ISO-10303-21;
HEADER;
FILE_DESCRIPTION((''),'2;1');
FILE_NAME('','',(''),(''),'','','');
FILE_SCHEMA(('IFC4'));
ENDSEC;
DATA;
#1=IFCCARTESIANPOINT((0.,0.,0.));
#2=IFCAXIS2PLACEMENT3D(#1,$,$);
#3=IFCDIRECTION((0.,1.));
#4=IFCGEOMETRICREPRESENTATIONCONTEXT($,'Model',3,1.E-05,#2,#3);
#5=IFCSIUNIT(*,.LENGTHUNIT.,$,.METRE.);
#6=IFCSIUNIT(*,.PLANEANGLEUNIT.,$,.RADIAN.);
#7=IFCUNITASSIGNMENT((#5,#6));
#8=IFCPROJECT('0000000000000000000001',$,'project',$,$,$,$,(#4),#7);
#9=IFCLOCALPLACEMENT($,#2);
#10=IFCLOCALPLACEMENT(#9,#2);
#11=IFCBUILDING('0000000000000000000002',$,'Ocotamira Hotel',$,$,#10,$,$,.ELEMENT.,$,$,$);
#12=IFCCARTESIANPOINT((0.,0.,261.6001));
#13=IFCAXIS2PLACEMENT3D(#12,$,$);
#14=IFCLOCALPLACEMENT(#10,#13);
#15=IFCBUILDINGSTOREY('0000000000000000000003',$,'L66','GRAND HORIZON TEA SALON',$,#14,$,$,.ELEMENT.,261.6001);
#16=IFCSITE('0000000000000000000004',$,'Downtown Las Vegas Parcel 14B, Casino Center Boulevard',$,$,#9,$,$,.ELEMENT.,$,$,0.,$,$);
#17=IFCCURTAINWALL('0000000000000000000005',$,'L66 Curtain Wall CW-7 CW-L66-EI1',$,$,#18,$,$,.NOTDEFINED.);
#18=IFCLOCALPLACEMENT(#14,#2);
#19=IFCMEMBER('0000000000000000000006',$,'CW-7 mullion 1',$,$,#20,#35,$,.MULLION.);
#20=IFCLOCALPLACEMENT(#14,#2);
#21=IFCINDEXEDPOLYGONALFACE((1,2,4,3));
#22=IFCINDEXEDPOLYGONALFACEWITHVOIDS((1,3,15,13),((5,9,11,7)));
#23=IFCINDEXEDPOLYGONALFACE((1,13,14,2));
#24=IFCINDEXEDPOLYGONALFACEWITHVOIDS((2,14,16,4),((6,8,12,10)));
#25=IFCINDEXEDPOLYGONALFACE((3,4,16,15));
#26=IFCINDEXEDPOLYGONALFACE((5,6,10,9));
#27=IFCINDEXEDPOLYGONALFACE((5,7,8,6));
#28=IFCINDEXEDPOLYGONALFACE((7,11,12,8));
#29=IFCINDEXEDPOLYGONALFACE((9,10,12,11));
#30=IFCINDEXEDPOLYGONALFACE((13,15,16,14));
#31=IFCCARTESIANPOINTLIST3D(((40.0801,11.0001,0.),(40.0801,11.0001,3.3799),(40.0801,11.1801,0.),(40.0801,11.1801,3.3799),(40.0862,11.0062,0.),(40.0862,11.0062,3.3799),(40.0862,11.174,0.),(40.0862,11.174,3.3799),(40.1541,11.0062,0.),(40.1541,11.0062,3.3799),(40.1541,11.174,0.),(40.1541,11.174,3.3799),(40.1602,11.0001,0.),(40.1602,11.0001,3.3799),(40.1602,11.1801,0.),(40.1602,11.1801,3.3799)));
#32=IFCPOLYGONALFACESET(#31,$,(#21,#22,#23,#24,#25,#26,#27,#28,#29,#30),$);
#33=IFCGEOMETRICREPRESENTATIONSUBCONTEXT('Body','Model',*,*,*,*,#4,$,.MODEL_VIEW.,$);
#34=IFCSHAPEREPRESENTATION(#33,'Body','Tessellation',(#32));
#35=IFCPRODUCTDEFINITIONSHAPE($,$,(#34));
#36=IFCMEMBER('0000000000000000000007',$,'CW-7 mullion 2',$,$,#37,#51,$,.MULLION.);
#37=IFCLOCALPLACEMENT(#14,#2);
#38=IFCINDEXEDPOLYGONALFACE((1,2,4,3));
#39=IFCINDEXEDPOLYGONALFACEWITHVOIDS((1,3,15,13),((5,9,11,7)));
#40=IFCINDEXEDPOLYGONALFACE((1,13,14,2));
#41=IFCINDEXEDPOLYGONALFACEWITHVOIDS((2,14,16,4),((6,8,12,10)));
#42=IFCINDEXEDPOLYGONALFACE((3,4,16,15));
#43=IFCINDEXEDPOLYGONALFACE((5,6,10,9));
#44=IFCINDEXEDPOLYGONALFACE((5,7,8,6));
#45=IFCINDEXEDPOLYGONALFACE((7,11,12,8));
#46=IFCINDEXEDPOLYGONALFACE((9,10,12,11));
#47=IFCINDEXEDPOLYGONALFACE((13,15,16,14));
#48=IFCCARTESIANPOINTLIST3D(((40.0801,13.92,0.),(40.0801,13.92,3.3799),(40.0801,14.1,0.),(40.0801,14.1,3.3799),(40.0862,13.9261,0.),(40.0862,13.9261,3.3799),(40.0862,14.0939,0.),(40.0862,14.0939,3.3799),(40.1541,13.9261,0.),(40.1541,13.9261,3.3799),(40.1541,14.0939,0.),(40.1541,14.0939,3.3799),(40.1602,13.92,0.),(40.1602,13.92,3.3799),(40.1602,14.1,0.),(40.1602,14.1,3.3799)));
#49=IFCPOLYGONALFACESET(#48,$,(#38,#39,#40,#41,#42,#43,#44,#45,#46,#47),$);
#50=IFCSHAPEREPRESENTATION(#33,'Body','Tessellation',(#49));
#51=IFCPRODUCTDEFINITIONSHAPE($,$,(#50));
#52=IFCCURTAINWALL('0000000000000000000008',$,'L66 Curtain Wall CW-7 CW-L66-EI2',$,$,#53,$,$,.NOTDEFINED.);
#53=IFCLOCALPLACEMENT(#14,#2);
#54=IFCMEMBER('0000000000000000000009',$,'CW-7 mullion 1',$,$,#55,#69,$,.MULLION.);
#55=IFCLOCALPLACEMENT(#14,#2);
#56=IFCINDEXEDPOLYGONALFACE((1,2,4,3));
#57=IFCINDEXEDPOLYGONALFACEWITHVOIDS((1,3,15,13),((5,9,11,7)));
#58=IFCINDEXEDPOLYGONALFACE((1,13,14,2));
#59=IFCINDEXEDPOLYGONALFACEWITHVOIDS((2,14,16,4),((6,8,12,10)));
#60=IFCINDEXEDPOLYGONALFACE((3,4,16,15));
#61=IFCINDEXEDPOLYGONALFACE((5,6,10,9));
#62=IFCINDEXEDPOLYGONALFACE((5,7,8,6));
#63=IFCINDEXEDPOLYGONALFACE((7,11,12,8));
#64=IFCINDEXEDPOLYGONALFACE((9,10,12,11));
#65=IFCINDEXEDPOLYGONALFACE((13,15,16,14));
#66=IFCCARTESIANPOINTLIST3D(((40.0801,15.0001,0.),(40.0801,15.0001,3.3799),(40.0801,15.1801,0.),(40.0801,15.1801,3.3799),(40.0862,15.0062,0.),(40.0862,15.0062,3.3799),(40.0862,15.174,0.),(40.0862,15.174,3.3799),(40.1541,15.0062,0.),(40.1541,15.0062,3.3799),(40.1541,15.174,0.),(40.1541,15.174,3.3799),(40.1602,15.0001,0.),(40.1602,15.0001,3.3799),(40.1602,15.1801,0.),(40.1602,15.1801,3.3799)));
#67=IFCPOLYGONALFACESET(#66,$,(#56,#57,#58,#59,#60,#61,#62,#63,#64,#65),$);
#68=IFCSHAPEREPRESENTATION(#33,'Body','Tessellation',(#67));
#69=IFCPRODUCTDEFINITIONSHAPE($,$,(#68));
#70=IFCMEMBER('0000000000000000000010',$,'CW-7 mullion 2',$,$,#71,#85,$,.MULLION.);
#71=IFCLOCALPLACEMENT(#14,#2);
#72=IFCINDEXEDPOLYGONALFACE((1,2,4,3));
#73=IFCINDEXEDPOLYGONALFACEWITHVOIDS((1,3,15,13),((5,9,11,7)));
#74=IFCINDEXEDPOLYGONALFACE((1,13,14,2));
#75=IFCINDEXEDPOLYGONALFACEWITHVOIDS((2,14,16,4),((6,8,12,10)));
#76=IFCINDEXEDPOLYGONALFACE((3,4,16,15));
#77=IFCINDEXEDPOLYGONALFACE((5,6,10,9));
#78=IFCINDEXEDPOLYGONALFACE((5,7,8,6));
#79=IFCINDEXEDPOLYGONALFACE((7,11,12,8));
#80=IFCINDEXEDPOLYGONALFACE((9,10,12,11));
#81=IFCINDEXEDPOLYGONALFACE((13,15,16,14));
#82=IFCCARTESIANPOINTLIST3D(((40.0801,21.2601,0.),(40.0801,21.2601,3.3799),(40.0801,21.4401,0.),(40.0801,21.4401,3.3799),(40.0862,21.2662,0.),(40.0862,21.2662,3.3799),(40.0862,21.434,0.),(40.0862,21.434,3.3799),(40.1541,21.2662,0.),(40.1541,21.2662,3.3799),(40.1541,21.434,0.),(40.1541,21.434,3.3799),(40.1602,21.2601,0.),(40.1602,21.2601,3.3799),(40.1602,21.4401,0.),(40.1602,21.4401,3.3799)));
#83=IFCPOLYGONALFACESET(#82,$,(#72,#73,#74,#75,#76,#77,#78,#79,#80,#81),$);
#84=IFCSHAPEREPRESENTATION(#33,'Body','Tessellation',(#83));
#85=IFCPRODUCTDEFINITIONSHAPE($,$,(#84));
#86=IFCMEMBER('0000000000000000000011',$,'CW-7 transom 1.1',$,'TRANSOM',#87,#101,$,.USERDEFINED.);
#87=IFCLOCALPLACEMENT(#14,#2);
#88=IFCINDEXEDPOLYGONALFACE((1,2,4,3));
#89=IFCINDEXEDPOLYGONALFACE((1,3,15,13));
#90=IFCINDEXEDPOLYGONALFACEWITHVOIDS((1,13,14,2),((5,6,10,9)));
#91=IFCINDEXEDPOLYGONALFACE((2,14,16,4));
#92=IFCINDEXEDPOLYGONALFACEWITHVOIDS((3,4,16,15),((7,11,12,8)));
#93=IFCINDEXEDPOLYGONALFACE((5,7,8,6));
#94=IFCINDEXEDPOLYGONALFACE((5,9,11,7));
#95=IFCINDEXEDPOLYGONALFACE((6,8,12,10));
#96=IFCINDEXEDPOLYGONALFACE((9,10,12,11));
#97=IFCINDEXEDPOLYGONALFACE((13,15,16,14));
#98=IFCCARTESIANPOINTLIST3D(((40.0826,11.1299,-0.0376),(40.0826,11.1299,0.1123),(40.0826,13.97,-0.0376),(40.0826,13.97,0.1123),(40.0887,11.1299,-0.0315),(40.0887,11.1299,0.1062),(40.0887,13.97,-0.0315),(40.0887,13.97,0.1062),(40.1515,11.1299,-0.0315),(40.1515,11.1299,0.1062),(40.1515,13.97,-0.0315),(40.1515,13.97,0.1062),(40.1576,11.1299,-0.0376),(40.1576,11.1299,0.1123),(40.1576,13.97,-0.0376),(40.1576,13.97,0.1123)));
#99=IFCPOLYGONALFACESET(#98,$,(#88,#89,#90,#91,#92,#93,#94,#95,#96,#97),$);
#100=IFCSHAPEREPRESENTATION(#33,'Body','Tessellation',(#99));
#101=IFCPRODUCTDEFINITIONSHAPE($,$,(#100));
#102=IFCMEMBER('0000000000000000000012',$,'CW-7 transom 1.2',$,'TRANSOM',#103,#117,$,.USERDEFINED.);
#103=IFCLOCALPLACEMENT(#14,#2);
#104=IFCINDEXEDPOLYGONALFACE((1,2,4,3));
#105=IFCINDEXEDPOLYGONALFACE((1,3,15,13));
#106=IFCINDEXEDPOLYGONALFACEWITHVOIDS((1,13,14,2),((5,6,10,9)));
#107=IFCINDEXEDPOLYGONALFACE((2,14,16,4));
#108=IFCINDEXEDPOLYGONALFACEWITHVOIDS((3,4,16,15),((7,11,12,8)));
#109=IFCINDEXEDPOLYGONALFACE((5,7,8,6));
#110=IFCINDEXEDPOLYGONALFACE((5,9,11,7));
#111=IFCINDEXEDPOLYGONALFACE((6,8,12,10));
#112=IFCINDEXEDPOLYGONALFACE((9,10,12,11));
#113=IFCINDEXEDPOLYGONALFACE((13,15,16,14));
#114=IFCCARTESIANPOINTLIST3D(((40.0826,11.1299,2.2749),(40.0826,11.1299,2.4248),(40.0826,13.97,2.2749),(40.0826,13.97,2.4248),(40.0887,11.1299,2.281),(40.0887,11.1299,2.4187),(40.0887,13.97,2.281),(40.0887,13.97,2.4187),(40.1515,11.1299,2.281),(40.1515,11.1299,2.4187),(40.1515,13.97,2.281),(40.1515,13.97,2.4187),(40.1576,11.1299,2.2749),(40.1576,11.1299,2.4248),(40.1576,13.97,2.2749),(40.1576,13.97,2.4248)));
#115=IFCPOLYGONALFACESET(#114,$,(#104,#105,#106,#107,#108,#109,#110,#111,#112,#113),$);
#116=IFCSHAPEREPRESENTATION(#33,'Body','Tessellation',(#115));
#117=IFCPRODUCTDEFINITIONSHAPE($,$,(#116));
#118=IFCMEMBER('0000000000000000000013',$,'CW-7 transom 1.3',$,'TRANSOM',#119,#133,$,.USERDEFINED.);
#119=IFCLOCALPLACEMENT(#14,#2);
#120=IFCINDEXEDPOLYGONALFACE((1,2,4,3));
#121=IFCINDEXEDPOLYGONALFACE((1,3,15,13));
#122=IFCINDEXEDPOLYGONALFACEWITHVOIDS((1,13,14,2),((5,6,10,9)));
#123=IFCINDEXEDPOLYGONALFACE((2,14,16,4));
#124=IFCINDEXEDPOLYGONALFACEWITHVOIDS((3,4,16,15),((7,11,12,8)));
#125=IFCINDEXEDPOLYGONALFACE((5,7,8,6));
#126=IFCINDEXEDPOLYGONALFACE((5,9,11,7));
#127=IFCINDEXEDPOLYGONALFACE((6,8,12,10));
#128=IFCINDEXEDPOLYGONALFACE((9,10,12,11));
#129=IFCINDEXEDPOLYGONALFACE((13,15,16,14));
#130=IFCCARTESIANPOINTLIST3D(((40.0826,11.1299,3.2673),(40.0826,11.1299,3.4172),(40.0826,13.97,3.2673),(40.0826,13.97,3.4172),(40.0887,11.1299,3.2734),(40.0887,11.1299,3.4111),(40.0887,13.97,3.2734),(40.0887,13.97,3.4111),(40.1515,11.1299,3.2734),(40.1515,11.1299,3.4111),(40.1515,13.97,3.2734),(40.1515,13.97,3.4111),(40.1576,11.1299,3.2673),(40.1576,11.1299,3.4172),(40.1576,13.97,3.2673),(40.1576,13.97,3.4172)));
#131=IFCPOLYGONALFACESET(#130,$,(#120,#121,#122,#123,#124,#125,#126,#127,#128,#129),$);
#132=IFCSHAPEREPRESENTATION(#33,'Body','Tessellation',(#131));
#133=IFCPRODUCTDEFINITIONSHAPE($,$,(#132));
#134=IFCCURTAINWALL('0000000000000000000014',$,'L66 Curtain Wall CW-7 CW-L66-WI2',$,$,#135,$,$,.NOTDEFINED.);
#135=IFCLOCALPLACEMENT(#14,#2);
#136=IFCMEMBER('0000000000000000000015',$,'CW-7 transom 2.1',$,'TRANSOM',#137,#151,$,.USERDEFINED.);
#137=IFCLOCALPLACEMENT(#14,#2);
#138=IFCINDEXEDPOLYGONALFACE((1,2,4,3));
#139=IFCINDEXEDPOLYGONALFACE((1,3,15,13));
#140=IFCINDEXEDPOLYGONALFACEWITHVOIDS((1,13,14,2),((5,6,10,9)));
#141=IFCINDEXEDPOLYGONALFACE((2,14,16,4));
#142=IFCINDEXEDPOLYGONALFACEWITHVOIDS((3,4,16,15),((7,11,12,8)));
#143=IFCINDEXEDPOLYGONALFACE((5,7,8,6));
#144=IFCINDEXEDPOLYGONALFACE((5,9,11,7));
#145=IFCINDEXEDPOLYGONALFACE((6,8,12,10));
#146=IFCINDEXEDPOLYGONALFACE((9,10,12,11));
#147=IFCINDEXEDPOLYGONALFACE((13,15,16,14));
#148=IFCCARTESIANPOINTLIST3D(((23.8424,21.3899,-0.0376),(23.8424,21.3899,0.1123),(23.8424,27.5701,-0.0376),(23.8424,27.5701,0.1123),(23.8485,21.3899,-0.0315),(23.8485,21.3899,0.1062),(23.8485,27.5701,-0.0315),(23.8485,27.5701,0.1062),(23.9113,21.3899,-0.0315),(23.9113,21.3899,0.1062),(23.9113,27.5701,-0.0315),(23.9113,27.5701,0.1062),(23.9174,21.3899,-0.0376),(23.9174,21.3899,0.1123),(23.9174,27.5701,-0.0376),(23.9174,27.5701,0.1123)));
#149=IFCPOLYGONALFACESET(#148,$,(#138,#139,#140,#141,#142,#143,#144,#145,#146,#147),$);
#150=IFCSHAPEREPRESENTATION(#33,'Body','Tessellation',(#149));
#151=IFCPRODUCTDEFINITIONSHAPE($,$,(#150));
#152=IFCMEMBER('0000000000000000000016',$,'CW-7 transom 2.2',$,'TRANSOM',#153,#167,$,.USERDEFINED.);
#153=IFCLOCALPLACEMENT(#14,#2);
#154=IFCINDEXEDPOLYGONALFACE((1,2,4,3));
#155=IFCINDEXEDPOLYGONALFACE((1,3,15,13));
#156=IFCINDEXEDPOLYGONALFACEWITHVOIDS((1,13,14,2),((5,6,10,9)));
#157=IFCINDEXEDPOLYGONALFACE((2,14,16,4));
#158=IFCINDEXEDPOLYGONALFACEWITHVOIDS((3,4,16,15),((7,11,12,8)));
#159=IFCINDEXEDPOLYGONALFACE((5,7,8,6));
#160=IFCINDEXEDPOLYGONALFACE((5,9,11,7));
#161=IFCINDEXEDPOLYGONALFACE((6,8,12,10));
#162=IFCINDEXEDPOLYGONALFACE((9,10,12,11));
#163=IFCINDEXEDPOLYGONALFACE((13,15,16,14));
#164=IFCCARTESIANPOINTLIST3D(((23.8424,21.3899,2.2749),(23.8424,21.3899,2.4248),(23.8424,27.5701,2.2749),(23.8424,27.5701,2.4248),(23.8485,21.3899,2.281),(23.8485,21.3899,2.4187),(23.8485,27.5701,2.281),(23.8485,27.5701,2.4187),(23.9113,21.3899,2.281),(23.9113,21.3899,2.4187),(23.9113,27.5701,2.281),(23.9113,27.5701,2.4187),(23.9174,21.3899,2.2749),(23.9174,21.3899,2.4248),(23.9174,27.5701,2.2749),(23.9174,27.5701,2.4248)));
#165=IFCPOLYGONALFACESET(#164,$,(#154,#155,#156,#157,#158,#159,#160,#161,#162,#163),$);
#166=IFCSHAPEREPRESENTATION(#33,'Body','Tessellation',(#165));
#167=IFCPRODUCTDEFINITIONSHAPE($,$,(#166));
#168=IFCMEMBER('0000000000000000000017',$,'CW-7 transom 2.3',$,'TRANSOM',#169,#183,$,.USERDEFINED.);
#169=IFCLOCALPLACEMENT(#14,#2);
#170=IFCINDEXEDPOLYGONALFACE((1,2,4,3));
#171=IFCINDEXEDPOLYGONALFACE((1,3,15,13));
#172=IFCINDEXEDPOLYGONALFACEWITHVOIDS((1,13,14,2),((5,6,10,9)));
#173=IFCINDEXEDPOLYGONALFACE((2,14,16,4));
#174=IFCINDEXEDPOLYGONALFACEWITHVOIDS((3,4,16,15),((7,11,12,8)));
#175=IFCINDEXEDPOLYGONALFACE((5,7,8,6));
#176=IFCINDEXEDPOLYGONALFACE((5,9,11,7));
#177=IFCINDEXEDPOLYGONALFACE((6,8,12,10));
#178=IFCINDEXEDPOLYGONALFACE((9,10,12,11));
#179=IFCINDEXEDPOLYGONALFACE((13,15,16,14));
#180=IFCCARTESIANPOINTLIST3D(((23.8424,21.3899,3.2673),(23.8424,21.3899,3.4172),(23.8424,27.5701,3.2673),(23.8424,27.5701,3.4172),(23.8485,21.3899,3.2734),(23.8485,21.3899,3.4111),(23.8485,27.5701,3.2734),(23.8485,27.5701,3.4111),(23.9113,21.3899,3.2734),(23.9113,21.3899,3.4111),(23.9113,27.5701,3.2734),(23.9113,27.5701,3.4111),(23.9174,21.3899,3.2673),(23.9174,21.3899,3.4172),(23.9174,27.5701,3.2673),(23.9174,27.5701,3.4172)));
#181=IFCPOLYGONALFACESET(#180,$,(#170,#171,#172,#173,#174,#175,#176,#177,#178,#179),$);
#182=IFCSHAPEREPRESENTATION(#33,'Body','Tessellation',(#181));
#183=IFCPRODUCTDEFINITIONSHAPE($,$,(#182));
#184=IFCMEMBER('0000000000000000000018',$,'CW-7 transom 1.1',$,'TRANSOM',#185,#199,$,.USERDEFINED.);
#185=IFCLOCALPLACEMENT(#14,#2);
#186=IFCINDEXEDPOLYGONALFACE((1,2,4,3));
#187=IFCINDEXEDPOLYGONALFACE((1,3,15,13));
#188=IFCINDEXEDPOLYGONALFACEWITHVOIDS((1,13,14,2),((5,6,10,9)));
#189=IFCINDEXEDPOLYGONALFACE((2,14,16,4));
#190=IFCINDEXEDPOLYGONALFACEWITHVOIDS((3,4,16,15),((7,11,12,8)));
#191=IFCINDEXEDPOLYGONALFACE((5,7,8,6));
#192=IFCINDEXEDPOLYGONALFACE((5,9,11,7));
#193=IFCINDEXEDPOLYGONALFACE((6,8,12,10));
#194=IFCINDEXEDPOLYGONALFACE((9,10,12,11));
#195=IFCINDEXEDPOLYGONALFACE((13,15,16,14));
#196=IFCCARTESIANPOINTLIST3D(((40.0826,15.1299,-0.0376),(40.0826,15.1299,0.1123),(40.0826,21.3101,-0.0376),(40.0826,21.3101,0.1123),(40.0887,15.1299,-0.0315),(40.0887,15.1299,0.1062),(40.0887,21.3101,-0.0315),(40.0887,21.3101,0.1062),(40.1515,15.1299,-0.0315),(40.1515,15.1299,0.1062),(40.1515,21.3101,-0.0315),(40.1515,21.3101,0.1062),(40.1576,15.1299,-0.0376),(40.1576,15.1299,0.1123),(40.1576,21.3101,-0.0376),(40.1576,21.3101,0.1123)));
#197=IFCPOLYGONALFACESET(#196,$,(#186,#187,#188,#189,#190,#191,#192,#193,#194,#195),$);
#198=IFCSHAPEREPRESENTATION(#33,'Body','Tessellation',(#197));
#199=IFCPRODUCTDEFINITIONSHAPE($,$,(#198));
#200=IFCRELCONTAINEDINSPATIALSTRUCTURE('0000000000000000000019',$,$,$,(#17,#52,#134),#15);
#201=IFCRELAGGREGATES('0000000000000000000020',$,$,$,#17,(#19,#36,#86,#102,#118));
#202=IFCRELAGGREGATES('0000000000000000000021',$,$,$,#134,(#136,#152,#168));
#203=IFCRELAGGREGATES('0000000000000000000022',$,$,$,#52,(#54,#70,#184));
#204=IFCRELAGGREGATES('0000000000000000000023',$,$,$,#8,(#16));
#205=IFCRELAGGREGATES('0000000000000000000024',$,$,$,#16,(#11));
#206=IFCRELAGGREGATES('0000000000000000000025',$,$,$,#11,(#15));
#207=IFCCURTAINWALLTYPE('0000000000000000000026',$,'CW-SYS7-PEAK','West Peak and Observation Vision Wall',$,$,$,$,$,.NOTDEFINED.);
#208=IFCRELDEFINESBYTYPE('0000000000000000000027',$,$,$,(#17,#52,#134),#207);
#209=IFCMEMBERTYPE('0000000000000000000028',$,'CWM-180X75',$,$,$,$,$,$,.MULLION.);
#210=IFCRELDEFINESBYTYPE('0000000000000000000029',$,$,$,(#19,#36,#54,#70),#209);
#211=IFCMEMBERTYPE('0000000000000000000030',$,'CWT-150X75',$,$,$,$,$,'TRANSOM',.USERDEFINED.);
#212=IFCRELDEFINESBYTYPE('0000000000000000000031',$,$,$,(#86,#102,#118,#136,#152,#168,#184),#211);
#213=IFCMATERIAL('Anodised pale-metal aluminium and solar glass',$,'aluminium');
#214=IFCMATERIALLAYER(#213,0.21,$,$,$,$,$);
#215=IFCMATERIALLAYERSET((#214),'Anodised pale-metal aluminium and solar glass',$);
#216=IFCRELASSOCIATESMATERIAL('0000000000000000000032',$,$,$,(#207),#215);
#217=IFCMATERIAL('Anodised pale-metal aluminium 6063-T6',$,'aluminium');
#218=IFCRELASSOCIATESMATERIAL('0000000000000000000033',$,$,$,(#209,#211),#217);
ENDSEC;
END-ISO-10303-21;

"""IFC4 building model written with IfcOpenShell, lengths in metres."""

from ifc_helpers import new_model, si_unit, direction, frame, origin, origin_2d, place, context, subcontext, project, spatial, hollow_rectangle, extrude, source, transform, mapped, material, layer, layer_set, material_profile, profile_set, type_object, element, aggregate, save


model = new_model("IFC4")

# Units and contexts
model_context = context("Model", 3, precision=1e-05, world=origin(), true_north=direction((0.0, 1.0)))
body_context = subcontext(model_context, "Body", "Model", "MODEL_VIEW")
ifc_project = project(units=[si_unit("LENGTHUNIT", "METRE"), si_unit("PLANEANGLEUNIT", "RADIAN")], contexts=[model_context])

# Site, building, storey
site_placement = place(None, origin())
site = spatial("IfcSite", under=ifc_project, at=site_placement, Name="Downtown Las Vegas Parcel 14B, Casino Center Boulevard", CompositionType="ELEMENT", RefElevation=0.0)
building_placement = place(site_placement, origin())
building = spatial("IfcBuilding", under=site, at=building_placement, Name="Ocotamira Hotel", CompositionType="ELEMENT")
storey_placement = place(building_placement, frame((0.0, 0.0, 261.6001)))
storey = spatial("IfcBuildingStorey", under=building, at=storey_placement, Name="L66", Description="GRAND HORIZON TEA SALON", CompositionType="ELEMENT", Elevation=261.6001)

# Curtain walls, members
ifc_material_1 = material(Name="Anodised pale-metal aluminium and solar glass", Category="aluminium")
ifc_layer_1 = layer(ifc_material_1, 0.21)
ifc_layer_set_1 = layer_set([ifc_layer_1], Name="Anodised pale-metal aluminium and solar glass")
curtain_wall_type = type_object("IfcCurtainWallType", Name="CW-SYS7-PEAK", Description="West Peak and Observation Vision Wall", PredefinedType="NOTDEFINED", material=ifc_layer_set_1)
curtain_wall_1_placement = place(storey_placement, origin())
curtain_wall_1 = element("IfcCurtainWall", 1, at=curtain_wall_1_placement, inside=storey, type_object=curtain_wall_type, Name="L66 Curtain Wall CW-7 CW-L66-EI1", PredefinedType="NOTDEFINED")
ifc_material_2 = material(Name="Anodised pale-metal aluminium 6063-T6", Category="aluminium")
ifc_material_profile_1 = material_profile(ifc_material_2, hollow_rectangle(XDim=0.0801, YDim=0.1799, WallThickness=0.0061, at=origin_2d()), Name="HSS180X80X6")
ifc_profile_set_1 = profile_set([ifc_material_profile_1], Name="Anodised pale-metal aluminium 6063-T6")
member_type_1 = type_object("IfcMemberType", Name="CWM-180X75", PredefinedType="MULLION", material=ifc_profile_set_1)
shared_shape_1 = source(origin(), body_context, "Body", "SweptSolid", [
    extrude(hollow_rectangle(XDim=0.0801, YDim=0.1799, WallThickness=0.0061, at=origin_2d()), origin(), (0.0, 0.0, 1.0), 3.3799),
])
member_1_placement = place(storey_placement, frame((40.1201, 11.0901, 0.0), z_axis=(0.0, 0.0, 1.0), x_axis=(-1.0, 0.0, 0.0)))
member_1 = element("IfcMember", 2, at=member_1_placement, type_object=member_type_1, Name="CW-7 mullion 1", PredefinedType="MULLION", context=body_context, shape_type="MappedRepresentation", body=[
    mapped(shared_shape_1, transform((0.0, 0.0, 0.0), scale=1.0)),
])
member_2_placement = place(storey_placement, frame((40.1201, 14.01, 0.0), z_axis=(0.0, 0.0, 1.0), x_axis=(-1.0, 0.0, 0.0)))
member_2 = element("IfcMember", 3, at=member_2_placement, type_object=member_type_1, Name="CW-7 mullion 2", PredefinedType="MULLION", context=body_context, shape_type="MappedRepresentation", body=[
    mapped(shared_shape_1, transform((0.0, 0.0, 0.0), scale=1.0)),
])
curtain_wall_2_placement = place(storey_placement, origin())
curtain_wall_2 = element("IfcCurtainWall", 4, at=curtain_wall_2_placement, inside=storey, type_object=curtain_wall_type, Name="L66 Curtain Wall CW-7 CW-L66-EI2", PredefinedType="NOTDEFINED")
member_3_placement = place(storey_placement, frame((40.1201, 15.0901, 0.0), z_axis=(0.0, 0.0, 1.0), x_axis=(-1.0, 0.0, 0.0)))
member_3 = element("IfcMember", 5, at=member_3_placement, type_object=member_type_1, Name="CW-7 mullion 1", PredefinedType="MULLION", context=body_context, shape_type="MappedRepresentation", body=[
    mapped(shared_shape_1, transform((0.0, 0.0, 0.0), scale=1.0)),
])
member_4_placement = place(storey_placement, frame((40.1201, 21.3501, 0.0), z_axis=(0.0, 0.0, 1.0), x_axis=(-1.0, 0.0, 0.0)))
member_4 = element("IfcMember", 6, at=member_4_placement, type_object=member_type_1, Name="CW-7 mullion 2", PredefinedType="MULLION", context=body_context, shape_type="MappedRepresentation", body=[
    mapped(shared_shape_1, transform((0.0, 0.0, 0.0), scale=1.0)),
])

# Members
ifc_material_profile_2 = material_profile(ifc_material_2, hollow_rectangle(XDim=0.075, YDim=0.1499, WallThickness=0.0061, at=origin_2d()), Name="HSS150X75X6")
ifc_profile_set_2 = profile_set([ifc_material_profile_2], Name="Anodised pale-metal aluminium 6063-T6")
member_type_2 = type_object("IfcMemberType", Name="CWT-150X75", ElementType="TRANSOM", PredefinedType="USERDEFINED", material=ifc_profile_set_2)
shared_shape_2 = source(origin(), body_context, "Body", "SweptSolid", [
    extrude(hollow_rectangle(XDim=0.075, YDim=0.1499, WallThickness=0.0061, at=origin_2d()), origin(), (0.0, 0.0, 1.0), 2.8401),
])
member_5_placement = place(storey_placement, frame((40.1201, 11.1299, 0.0374), z_axis=(0.0, 1.0, 0.0), x_axis=(-1.0, 0.0, 0.0)))
member_5 = element("IfcMember", 7, at=member_5_placement, type_object=member_type_2, Name="CW-7 transom 1.1", ObjectType="TRANSOM", PredefinedType="USERDEFINED", context=body_context, shape_type="MappedRepresentation", body=[
    mapped(shared_shape_2, transform((0.0, 0.0, 0.0), scale=1.0)),
])
member_6_placement = place(storey_placement, frame((40.1201, 11.1299, 2.3499), z_axis=(0.0, 1.0, 0.0), x_axis=(-1.0, 0.0, 0.0)))
member_6 = element("IfcMember", 8, at=member_6_placement, type_object=member_type_2, Name="CW-7 transom 1.2", ObjectType="TRANSOM", PredefinedType="USERDEFINED", context=body_context, shape_type="MappedRepresentation", body=[
    mapped(shared_shape_2, transform((0.0, 0.0, 0.0), scale=1.0)),
])
member_7_placement = place(storey_placement, frame((40.1201, 11.1299, 3.3423), z_axis=(0.0, 1.0, 0.0), x_axis=(-1.0, 0.0, 0.0)))
member_7 = element("IfcMember", 9, at=member_7_placement, type_object=member_type_2, Name="CW-7 transom 1.3", ObjectType="TRANSOM", PredefinedType="USERDEFINED", context=body_context, shape_type="MappedRepresentation", body=[
    mapped(shared_shape_2, transform((0.0, 0.0, 0.0), scale=1.0)),
])

# Curtain wall, members
curtain_wall_3_placement = place(storey_placement, origin())
curtain_wall_3 = element("IfcCurtainWall", 10, at=curtain_wall_3_placement, inside=storey, type_object=curtain_wall_type, Name="L66 Curtain Wall CW-7 CW-L66-WI2", PredefinedType="NOTDEFINED")
shared_shape_3 = source(origin(), body_context, "Body", "SweptSolid", [
    extrude(hollow_rectangle(XDim=0.075, YDim=0.1499, WallThickness=0.0061, at=origin_2d()), origin(), (0.0, 0.0, 1.0), 6.1802),
])
member_8_placement = place(storey_placement, frame((23.8799, 21.3899, 0.0374), z_axis=(0.0, 1.0, 0.0), x_axis=(-1.0, 0.0, 0.0)))
member_8 = element("IfcMember", 11, at=member_8_placement, type_object=member_type_2, Name="CW-7 transom 2.1", ObjectType="TRANSOM", PredefinedType="USERDEFINED", context=body_context, shape_type="MappedRepresentation", body=[
    mapped(shared_shape_3, transform((0.0, 0.0, 0.0), scale=1.0)),
])
member_9_placement = place(storey_placement, frame((23.8799, 21.3899, 2.3499), z_axis=(0.0, 1.0, 0.0), x_axis=(-1.0, 0.0, 0.0)))
member_9 = element("IfcMember", 12, at=member_9_placement, type_object=member_type_2, Name="CW-7 transom 2.2", ObjectType="TRANSOM", PredefinedType="USERDEFINED", context=body_context, shape_type="MappedRepresentation", body=[
    mapped(shared_shape_3, transform((0.0, 0.0, 0.0), scale=1.0)),
])
member_10_placement = place(storey_placement, frame((23.8799, 21.3899, 3.3423), z_axis=(0.0, 1.0, 0.0), x_axis=(-1.0, 0.0, 0.0)))
member_10 = element("IfcMember", 13, at=member_10_placement, type_object=member_type_2, Name="CW-7 transom 2.3", ObjectType="TRANSOM", PredefinedType="USERDEFINED", context=body_context, shape_type="MappedRepresentation", body=[
    mapped(shared_shape_3, transform((0.0, 0.0, 0.0), scale=1.0)),
])

# Member
member_11_placement = place(storey_placement, frame((40.1201, 15.1299, 0.0374), z_axis=(0.0, 1.0, 0.0), x_axis=(-1.0, 0.0, 0.0)))
member_11 = element("IfcMember", 14, at=member_11_placement, type_object=member_type_2, Name="CW-7 transom 1.1", ObjectType="TRANSOM", PredefinedType="USERDEFINED", context=body_context, shape_type="MappedRepresentation", body=[
    mapped(shared_shape_3, transform((0.0, 0.0, 0.0), scale=1.0)),
])

aggregate(curtain_wall_1, [member_1, member_2, member_5, member_6, member_7])
aggregate(curtain_wall_3, [member_8, member_9, member_10])
aggregate(curtain_wall_2, [member_3, member_4, member_11])

save(model, "model.ifc")
